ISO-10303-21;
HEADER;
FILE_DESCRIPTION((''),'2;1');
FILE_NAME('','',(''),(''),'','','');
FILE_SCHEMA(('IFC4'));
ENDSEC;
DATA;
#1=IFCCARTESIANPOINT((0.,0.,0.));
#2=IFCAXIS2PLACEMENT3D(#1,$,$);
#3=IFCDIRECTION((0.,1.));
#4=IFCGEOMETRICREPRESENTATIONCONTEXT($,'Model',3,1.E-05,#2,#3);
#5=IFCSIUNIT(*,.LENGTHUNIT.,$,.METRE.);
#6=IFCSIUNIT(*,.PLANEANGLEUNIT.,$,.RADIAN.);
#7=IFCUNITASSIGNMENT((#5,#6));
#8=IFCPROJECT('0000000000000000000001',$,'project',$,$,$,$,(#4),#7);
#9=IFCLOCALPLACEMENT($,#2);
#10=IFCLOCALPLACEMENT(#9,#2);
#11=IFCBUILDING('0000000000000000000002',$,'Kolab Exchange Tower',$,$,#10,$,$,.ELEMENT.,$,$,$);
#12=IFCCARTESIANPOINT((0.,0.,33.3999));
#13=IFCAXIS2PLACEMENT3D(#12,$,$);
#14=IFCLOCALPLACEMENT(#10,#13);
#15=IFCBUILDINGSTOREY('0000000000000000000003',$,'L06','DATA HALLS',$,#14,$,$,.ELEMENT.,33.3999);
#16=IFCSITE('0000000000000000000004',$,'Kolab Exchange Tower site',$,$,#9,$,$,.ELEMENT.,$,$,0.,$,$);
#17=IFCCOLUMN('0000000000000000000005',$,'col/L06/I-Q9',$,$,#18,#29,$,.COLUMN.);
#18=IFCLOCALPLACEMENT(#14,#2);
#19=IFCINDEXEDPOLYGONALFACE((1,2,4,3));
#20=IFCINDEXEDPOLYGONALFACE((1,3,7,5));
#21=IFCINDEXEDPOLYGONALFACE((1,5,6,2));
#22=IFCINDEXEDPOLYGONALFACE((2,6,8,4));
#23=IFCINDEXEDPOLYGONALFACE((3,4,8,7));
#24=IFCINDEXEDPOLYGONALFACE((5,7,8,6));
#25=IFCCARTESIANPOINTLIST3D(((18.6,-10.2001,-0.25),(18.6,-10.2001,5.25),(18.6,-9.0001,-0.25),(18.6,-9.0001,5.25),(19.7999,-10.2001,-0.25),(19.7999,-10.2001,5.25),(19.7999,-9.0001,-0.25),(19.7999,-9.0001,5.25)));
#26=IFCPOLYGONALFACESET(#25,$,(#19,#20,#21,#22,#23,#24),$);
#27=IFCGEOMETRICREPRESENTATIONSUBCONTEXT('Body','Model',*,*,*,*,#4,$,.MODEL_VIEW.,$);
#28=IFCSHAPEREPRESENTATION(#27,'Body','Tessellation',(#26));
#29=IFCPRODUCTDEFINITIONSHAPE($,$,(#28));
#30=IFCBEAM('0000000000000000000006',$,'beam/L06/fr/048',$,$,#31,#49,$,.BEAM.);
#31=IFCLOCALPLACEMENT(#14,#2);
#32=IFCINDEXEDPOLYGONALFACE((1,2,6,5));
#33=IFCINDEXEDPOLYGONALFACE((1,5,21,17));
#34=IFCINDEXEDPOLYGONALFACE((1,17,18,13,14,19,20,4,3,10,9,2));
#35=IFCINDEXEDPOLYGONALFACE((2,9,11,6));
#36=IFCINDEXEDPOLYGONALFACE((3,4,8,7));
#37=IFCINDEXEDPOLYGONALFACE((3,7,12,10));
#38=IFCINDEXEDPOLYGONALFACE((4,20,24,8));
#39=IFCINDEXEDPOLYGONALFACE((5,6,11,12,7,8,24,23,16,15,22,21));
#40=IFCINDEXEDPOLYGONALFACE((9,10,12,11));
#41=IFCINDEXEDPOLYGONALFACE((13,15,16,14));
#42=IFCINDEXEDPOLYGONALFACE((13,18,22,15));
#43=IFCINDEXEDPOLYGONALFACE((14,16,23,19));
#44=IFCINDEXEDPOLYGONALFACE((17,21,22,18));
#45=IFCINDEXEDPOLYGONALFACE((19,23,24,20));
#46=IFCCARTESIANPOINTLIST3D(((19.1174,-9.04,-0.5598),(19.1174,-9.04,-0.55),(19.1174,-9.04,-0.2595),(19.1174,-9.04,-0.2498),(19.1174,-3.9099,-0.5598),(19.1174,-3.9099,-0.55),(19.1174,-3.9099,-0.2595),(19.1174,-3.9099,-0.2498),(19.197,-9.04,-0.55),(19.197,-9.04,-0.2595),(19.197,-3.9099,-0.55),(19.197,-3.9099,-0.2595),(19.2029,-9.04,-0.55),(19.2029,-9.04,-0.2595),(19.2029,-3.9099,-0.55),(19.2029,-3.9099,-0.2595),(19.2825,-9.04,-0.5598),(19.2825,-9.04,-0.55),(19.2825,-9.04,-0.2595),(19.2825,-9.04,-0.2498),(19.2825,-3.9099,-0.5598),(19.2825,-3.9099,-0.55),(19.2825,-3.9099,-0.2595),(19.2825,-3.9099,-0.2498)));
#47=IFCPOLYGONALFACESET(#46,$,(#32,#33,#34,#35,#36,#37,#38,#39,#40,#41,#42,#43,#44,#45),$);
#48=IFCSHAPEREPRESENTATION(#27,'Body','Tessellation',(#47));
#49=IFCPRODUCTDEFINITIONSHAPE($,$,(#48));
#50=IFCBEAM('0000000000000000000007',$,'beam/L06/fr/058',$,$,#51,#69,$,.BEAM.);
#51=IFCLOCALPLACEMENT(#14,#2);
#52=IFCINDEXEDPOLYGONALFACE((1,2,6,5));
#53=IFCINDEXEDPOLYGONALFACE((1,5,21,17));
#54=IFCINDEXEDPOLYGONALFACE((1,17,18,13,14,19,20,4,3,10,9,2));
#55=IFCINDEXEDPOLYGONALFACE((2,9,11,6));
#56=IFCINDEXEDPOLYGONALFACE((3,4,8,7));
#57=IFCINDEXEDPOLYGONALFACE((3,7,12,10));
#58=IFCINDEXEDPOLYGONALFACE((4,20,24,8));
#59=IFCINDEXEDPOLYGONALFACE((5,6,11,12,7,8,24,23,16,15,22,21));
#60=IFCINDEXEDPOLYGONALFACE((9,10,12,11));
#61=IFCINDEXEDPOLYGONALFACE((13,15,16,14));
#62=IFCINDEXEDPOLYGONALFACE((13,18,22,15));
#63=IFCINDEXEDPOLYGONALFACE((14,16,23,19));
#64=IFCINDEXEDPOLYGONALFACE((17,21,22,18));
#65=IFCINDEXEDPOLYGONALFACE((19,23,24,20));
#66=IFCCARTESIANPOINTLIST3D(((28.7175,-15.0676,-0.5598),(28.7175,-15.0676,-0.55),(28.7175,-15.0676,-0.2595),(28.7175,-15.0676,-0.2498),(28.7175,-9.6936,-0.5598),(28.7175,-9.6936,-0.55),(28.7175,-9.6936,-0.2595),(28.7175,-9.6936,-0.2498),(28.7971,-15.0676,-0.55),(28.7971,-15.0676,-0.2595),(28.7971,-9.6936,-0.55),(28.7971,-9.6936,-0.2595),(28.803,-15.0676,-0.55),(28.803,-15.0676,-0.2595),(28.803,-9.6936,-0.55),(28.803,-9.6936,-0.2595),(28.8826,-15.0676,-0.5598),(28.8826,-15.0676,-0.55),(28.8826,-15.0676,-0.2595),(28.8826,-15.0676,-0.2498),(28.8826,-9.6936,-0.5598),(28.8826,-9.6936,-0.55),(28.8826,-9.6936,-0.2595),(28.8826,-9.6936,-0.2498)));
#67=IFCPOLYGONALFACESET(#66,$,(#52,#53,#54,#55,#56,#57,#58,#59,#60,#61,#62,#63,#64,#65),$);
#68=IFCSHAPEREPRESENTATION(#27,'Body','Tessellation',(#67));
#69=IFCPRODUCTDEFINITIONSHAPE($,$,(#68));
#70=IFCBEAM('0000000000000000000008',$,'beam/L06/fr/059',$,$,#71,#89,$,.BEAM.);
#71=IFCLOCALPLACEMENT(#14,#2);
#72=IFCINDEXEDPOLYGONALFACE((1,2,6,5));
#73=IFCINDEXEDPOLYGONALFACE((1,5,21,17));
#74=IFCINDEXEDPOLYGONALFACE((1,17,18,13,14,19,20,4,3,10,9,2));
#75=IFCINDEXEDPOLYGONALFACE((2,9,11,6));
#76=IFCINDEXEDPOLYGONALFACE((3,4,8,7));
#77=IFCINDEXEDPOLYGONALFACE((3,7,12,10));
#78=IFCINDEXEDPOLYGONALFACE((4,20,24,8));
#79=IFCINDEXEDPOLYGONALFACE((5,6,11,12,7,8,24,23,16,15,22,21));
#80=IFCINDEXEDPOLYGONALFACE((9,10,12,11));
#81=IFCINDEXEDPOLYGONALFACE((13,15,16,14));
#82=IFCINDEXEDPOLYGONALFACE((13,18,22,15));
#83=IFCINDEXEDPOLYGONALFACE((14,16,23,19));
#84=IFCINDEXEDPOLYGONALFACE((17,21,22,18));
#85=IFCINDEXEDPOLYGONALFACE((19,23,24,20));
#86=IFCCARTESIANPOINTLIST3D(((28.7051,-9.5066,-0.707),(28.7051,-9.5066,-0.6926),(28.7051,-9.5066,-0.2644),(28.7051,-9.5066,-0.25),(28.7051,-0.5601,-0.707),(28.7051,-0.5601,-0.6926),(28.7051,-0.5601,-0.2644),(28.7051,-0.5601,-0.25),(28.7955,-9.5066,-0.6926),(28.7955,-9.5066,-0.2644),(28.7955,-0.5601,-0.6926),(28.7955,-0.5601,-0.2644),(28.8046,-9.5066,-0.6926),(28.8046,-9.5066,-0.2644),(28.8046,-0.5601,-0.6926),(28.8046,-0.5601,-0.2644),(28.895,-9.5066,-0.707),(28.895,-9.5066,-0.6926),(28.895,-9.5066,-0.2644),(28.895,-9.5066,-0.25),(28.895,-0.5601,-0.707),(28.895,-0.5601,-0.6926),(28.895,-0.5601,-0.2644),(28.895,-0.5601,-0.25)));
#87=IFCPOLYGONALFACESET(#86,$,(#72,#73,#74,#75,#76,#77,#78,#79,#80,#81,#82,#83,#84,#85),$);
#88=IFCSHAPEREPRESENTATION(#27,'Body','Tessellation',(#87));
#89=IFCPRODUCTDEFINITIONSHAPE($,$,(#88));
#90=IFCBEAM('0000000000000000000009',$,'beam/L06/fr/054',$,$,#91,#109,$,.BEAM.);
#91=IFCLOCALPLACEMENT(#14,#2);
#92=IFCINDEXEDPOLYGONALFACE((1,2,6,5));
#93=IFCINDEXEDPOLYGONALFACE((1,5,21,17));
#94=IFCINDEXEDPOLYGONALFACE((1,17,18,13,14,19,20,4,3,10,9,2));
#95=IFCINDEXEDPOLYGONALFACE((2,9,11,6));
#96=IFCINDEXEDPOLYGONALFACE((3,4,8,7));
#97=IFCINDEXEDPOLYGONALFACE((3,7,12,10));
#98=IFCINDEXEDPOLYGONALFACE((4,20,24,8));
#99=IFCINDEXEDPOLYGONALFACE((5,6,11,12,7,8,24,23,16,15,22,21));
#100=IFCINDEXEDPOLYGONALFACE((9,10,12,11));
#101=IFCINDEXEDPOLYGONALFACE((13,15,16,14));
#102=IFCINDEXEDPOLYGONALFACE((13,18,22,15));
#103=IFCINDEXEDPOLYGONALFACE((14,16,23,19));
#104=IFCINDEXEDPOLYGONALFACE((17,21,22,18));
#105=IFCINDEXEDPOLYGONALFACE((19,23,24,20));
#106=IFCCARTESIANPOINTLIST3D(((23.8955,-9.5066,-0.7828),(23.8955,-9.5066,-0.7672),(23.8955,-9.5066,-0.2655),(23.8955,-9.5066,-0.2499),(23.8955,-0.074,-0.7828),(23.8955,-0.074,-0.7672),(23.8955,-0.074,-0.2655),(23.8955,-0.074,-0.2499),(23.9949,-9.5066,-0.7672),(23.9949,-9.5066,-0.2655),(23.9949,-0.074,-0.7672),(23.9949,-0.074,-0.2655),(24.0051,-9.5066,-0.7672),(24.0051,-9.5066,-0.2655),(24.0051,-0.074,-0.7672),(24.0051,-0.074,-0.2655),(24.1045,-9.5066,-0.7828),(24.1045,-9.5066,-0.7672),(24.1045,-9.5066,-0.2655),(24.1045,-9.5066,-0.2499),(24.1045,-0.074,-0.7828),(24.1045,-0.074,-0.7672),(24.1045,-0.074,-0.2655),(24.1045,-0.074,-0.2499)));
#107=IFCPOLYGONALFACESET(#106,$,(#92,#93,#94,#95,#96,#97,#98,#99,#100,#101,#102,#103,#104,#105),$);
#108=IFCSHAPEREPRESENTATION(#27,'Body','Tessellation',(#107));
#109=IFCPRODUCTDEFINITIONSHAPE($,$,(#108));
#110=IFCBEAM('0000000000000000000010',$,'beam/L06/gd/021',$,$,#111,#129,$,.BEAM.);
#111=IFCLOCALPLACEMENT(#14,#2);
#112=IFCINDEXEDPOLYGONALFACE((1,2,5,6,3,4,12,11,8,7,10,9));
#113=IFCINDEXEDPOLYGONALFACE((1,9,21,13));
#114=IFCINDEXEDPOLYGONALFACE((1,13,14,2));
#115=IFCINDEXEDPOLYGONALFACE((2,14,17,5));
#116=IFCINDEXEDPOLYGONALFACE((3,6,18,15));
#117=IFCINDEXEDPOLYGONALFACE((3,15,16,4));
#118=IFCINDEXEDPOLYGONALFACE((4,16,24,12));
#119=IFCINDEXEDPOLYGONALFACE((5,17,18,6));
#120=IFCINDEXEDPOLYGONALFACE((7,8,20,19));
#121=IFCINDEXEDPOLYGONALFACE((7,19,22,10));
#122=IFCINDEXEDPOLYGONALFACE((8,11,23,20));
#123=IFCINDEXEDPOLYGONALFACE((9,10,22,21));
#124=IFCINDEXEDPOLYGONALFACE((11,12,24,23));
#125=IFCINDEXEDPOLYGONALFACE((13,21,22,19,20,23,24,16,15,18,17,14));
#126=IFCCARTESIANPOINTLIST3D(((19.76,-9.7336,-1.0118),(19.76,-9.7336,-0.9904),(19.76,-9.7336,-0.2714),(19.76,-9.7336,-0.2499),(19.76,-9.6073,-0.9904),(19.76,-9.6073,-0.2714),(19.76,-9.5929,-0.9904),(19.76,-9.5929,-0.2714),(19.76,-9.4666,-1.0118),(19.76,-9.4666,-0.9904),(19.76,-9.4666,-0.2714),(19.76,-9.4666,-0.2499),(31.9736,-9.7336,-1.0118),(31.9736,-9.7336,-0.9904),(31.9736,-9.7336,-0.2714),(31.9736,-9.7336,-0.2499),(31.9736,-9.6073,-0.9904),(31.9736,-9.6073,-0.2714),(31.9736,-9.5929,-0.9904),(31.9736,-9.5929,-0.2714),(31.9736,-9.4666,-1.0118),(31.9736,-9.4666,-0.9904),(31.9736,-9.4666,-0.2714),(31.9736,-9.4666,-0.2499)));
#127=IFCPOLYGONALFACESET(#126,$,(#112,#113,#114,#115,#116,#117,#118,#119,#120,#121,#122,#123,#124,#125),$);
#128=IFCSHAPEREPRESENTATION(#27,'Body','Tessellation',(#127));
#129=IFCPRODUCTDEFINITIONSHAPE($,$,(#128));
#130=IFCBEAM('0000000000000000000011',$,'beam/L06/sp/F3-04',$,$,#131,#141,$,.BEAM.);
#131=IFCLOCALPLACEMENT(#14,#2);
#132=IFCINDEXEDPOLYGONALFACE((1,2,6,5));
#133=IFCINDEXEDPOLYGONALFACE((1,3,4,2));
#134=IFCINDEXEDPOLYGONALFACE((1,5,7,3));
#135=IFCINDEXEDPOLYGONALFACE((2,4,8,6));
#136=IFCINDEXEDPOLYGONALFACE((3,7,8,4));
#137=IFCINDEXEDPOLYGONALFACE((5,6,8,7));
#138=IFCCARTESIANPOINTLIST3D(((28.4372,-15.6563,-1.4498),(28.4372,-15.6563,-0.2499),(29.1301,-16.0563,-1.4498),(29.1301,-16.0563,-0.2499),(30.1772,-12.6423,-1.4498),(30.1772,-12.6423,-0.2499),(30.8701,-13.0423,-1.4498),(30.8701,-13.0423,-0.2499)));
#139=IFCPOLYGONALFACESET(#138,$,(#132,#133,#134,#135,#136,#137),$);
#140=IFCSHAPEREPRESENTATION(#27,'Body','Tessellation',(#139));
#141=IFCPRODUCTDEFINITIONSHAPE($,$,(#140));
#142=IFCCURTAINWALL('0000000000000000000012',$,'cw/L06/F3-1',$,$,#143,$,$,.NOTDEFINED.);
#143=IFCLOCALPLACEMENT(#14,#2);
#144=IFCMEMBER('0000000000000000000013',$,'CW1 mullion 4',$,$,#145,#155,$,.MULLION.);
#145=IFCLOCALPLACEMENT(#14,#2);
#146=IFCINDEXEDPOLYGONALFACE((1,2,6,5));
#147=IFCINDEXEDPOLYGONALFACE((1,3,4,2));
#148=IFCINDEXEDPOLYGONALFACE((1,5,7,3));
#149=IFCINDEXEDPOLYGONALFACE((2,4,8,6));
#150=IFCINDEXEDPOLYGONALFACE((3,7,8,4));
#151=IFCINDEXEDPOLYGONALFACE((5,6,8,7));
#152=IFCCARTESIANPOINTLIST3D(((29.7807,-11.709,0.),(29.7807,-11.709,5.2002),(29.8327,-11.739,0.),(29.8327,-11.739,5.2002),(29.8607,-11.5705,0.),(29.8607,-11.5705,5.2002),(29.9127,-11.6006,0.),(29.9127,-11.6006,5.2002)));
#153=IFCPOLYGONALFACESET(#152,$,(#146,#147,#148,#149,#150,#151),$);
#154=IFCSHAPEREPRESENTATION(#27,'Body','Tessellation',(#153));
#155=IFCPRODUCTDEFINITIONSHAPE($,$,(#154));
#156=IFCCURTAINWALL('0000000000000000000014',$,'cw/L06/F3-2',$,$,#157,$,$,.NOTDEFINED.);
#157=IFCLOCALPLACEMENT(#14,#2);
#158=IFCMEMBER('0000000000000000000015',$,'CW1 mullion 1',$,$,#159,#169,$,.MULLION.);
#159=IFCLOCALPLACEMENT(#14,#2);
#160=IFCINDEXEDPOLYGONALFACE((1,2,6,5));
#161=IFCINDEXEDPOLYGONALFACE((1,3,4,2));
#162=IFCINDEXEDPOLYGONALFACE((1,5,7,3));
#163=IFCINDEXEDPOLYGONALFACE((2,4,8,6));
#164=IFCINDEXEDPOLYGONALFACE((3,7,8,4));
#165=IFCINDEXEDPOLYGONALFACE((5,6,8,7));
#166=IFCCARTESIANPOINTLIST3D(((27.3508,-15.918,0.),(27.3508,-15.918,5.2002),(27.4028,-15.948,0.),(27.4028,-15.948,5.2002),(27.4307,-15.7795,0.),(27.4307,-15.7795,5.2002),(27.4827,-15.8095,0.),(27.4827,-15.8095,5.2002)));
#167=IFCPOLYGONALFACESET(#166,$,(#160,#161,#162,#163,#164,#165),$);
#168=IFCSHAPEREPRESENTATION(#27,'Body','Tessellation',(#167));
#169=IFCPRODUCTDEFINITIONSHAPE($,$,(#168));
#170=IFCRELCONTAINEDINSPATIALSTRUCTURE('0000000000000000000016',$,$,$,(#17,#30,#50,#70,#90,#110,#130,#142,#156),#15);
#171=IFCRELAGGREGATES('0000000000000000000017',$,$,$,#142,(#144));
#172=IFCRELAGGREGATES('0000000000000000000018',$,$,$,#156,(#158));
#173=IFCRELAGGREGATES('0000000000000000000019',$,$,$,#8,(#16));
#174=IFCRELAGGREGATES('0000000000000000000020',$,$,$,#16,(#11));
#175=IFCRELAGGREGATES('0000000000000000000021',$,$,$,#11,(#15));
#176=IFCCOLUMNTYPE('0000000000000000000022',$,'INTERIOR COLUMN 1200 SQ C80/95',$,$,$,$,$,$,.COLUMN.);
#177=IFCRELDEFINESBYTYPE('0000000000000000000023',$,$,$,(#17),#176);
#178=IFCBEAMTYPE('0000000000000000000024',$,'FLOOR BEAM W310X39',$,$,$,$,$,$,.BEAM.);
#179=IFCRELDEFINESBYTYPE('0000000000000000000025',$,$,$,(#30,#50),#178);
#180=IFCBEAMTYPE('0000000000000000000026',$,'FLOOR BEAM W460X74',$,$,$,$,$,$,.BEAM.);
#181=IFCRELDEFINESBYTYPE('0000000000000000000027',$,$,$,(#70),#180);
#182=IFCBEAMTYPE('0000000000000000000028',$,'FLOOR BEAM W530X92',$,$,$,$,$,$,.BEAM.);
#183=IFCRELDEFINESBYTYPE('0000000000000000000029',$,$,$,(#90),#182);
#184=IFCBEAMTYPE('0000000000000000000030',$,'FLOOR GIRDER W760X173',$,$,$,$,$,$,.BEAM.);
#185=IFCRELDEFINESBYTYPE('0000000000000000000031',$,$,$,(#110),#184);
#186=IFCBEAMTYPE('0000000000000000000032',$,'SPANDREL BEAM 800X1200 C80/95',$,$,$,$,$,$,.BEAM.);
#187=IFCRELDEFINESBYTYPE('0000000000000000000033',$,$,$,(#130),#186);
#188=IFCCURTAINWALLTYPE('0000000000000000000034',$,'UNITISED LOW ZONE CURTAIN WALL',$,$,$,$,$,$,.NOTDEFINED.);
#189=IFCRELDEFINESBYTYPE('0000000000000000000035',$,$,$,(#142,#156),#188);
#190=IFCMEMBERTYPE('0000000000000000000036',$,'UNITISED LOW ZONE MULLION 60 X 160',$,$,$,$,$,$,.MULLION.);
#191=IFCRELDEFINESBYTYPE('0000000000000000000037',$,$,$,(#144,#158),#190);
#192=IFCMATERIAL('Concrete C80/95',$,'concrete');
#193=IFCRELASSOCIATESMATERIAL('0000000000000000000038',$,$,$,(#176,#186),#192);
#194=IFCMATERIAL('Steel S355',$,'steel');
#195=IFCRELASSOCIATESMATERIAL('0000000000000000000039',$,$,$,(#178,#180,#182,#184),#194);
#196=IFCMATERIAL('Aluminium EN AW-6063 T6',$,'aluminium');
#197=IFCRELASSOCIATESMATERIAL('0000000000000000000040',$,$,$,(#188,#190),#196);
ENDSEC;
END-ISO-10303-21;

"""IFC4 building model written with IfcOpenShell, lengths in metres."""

from ifc_helpers import new_model, si_unit, direction, frame, origin, origin_2d, place, context, subcontext, project, spatial, rectangle, i_section, extrude, material, material_profile, profile_set, type_object, element, aggregate, save


model = new_model("IFC4")

# Units and contexts
model_context = context("Model", 3, precision=1e-05, world=origin(), true_north=direction((0.0, 1.0)))
body_context = subcontext(model_context, "Body", "Model", "MODEL_VIEW")
ifc_project = project(units=[si_unit("LENGTHUNIT", "METRE"), si_unit("PLANEANGLEUNIT", "RADIAN")], contexts=[model_context])

# Site, building, storey
site_placement = place(None, origin())
site = spatial("IfcSite", under=ifc_project, at=site_placement, Name="Kolab Exchange Tower site", CompositionType="ELEMENT", RefElevation=0.0)
building_placement = place(site_placement, origin())
building = spatial("IfcBuilding", under=site, at=building_placement, Name="Kolab Exchange Tower", CompositionType="ELEMENT")
storey_placement = place(building_placement, frame((0.0, 0.0, 33.3999)))
storey = spatial("IfcBuildingStorey", under=building, at=storey_placement, Name="L06", Description="DATA HALLS", CompositionType="ELEMENT", Elevation=33.3999)

# Column
ifc_material_1 = material(Name="Concrete C80/95", Category="concrete")
ifc_material_profile_1 = material_profile(ifc_material_1, rectangle(XDim=1.2, YDim=1.2, at=origin_2d()), Name="RC1200")
ifc_profile_set_1 = profile_set([ifc_material_profile_1], Name="Concrete C80/95")
column_type = type_object("IfcColumnType", Name="INTERIOR COLUMN 1200 SQ C80/95", PredefinedType="COLUMN", material=ifc_profile_set_1)
column_placement = place(storey_placement, frame((19.2, -9.6001, -0.25), z_axis=(0.0, 0.0, 1.0), x_axis=(1.0, 0.0, 0.0)))
element("IfcColumn", 1, at=column_placement, inside=storey, type_object=column_type, Name="col/L06/I-Q9", PredefinedType="COLUMN", context=body_context, shape_type="SweptSolid", body=[
    extrude(rectangle(XDim=1.2, YDim=1.2, at=origin_2d()), origin(), (0.0, 0.0, 1.0), 5.5),
])

# Beams
ifc_material_2 = material(Name="Steel S355", Category="steel")
ifc_material_profile_2 = material_profile(ifc_material_2, i_section(OverallWidth=0.165, OverallDepth=0.3101, WebThickness=0.0059, FlangeThickness=0.0098, at=origin_2d()), Name="W310X39")
ifc_profile_set_2 = profile_set([ifc_material_profile_2], Name="Steel S355")
beam_type_1 = type_object("IfcBeamType", Name="FLOOR BEAM W310X39", PredefinedType="BEAM", material=ifc_profile_set_2)
beam_1_placement = place(storey_placement, frame((19.2, -9.04, -0.4048), z_axis=(0.0, 1.0, 0.0), x_axis=(-1.0, 0.0, 0.0)))
element("IfcBeam", 2, at=beam_1_placement, inside=storey, type_object=beam_type_1, Name="beam/L06/fr/048", PredefinedType="BEAM", context=body_context, shape_type="SweptSolid", body=[
    extrude(i_section(OverallWidth=0.165, OverallDepth=0.3101, WebThickness=0.0059, FlangeThickness=0.0098, at=origin_2d()), origin(), (0.0, 0.0, 1.0), 5.1301),
])
beam_2_placement = place(storey_placement, frame((28.8, -15.0676, -0.4048), z_axis=(0.0, 1.0, 0.0), x_axis=(-1.0, 0.0, 0.0)))
element("IfcBeam", 3, at=beam_2_placement, inside=storey, type_object=beam_type_1, Name="beam/L06/fr/058", PredefinedType="BEAM", context=body_context, shape_type="SweptSolid", body=[
    extrude(i_section(OverallWidth=0.165, OverallDepth=0.3101, WebThickness=0.0059, FlangeThickness=0.0098, at=origin_2d()), origin(), (0.0, 0.0, 1.0), 5.374),
])
ifc_material_profile_3 = material_profile(ifc_material_2, i_section(OverallWidth=0.1899, OverallDepth=0.457, WebThickness=0.009, FlangeThickness=0.0144, at=origin_2d()), Name="W460X74")
ifc_profile_set_3 = profile_set([ifc_material_profile_3], Name="Steel S355")
beam_type_2 = type_object("IfcBeamType", Name="FLOOR BEAM W460X74", PredefinedType="BEAM", material=ifc_profile_set_3)
beam_3_placement = place(storey_placement, frame((28.8, -9.5066, -0.4785), z_axis=(0.0, 1.0, 0.0), x_axis=(-1.0, 0.0, 0.0)))
element("IfcBeam", 4, at=beam_3_placement, inside=storey, type_object=beam_type_2, Name="beam/L06/fr/059", PredefinedType="BEAM", context=body_context, shape_type="SweptSolid", body=[
    extrude(i_section(OverallWidth=0.1899, OverallDepth=0.457, WebThickness=0.009, FlangeThickness=0.0144, at=origin_2d()), origin(), (0.0, 0.0, 1.0), 8.9465),
])
ifc_material_profile_4 = material_profile(ifc_material_2, i_section(OverallWidth=0.209, OverallDepth=0.533, WebThickness=0.0103, FlangeThickness=0.0156, at=origin_2d()), Name="W530X92")
ifc_profile_set_4 = profile_set([ifc_material_profile_4], Name="Steel S355")
beam_type_3 = type_object("IfcBeamType", Name="FLOOR BEAM W530X92", PredefinedType="BEAM", material=ifc_profile_set_4)
beam_4_placement = place(storey_placement, frame((24.0, -9.5066, -0.5164), z_axis=(0.0, 1.0, 0.0), x_axis=(-1.0, 0.0, 0.0)))
element("IfcBeam", 5, at=beam_4_placement, inside=storey, type_object=beam_type_3, Name="beam/L06/fr/054", PredefinedType="BEAM", context=body_context, shape_type="SweptSolid", body=[
    extrude(i_section(OverallWidth=0.209, OverallDepth=0.533, WebThickness=0.0103, FlangeThickness=0.0156, at=origin_2d()), origin(), (0.0, 0.0, 1.0), 9.4326),
])
ifc_material_profile_5 = material_profile(ifc_material_2, i_section(OverallWidth=0.2671, OverallDepth=0.762, WebThickness=0.0144, FlangeThickness=0.0215, at=origin_2d()), Name="W760X173")
ifc_profile_set_5 = profile_set([ifc_material_profile_5], Name="Steel S355")
beam_type_4 = type_object("IfcBeamType", Name="FLOOR GIRDER W760X173", PredefinedType="BEAM", material=ifc_profile_set_5)
beam_5_placement = place(storey_placement, frame((19.76, -9.6001, -0.6309), z_axis=(1.0, 0.0, 0.0), x_axis=(0.0, 1.0, 0.0)))
element("IfcBeam", 6, at=beam_5_placement, inside=storey, type_object=beam_type_4, Name="beam/L06/gd/021", PredefinedType="BEAM", context=body_context, shape_type="SweptSolid", body=[
    extrude(i_section(OverallWidth=0.2671, OverallDepth=0.762, WebThickness=0.0144, FlangeThickness=0.0215, at=origin_2d()), origin(), (0.0, 0.0, 1.0), 12.2136),
])
ifc_material_profile_6 = material_profile(ifc_material_1, rectangle(XDim=0.8, YDim=1.2, at=origin_2d()), Name="RC800X1200")
ifc_profile_set_6 = profile_set([ifc_material_profile_6], Name="Concrete C80/95")
beam_type_5 = type_object("IfcBeamType", Name="SPANDREL BEAM 800X1200 C80/95", PredefinedType="BEAM", material=ifc_profile_set_6)
beam_6_placement = place(storey_placement, frame((30.5237, -12.8423, -0.8499), z_axis=(-0.49998, -0.866037, 0.0), x_axis=(0.866037, -0.49998, 0.0)))
element("IfcBeam", 7, at=beam_6_placement, inside=storey, type_object=beam_type_5, Name="beam/L06/sp/F3-04", PredefinedType="BEAM", context=body_context, shape_type="SweptSolid", body=[
    extrude(rectangle(XDim=0.8, YDim=1.2, at=origin_2d()), origin(), (0.0, 0.0, 1.0), 3.4802),
])

# Curtain wall, member
ifc_material_3 = material(Name="Aluminium EN AW-6063 T6", Category="aluminium")
curtain_wall_type = type_object("IfcCurtainWallType", Name="UNITISED LOW ZONE CURTAIN WALL", PredefinedType="NOTDEFINED", material=ifc_material_3)
curtain_wall_1_placement = place(storey_placement, origin())
curtain_wall_1 = element("IfcCurtainWall", 8, at=curtain_wall_1_placement, inside=storey, type_object=curtain_wall_type, Name="cw/L06/F3-1", PredefinedType="NOTDEFINED")
ifc_material_profile_7 = material_profile(ifc_material_3, rectangle(XDim=0.0601, YDim=0.1599, at=origin_2d()), Name="RECT 60X160")
ifc_profile_set_7 = profile_set([ifc_material_profile_7], Name="Aluminium EN AW-6063 T6")
member_type_1 = type_object("IfcMemberType", Name="UNITISED LOW ZONE MULLION 60 X 160", PredefinedType="MULLION", material=ifc_profile_set_7)
member_1_placement = place(storey_placement, frame((29.8467, -11.6548, 0.0), z_axis=(0.0, 0.0, 1.0), x_axis=(0.866025, -0.5, 0.0)))
member_1 = element("IfcMember", 9, at=member_1_placement, type_object=member_type_1, Name="CW1 mullion 4", PredefinedType="MULLION", context=body_context, shape_type="SweptSolid", body=[
    extrude(rectangle(XDim=0.0601, YDim=0.1599, at=origin_2d()), origin(), (0.0, 0.0, 1.0), 5.2002),
])
aggregate(curtain_wall_1, [member_1])

# Curtain wall, member
curtain_wall_2_placement = place(storey_placement, origin())
curtain_wall_2 = element("IfcCurtainWall", 10, at=curtain_wall_2_placement, inside=storey, type_object=curtain_wall_type, Name="cw/L06/F3-2", PredefinedType="NOTDEFINED")
member_2_placement = place(storey_placement, frame((27.4167, -15.8638, 0.0), z_axis=(0.0, 0.0, 1.0), x_axis=(0.866025, -0.5, 0.0)))
member_2 = element("IfcMember", 11, at=member_2_placement, type_object=member_type_1, Name="CW1 mullion 1", PredefinedType="MULLION", context=body_context, shape_type="SweptSolid", body=[
    extrude(rectangle(XDim=0.0601, YDim=0.1599, at=origin_2d()), origin(), (0.0, 0.0, 1.0), 5.2002),
])
aggregate(curtain_wall_2, [member_2])

save(model, "model.ifc")
